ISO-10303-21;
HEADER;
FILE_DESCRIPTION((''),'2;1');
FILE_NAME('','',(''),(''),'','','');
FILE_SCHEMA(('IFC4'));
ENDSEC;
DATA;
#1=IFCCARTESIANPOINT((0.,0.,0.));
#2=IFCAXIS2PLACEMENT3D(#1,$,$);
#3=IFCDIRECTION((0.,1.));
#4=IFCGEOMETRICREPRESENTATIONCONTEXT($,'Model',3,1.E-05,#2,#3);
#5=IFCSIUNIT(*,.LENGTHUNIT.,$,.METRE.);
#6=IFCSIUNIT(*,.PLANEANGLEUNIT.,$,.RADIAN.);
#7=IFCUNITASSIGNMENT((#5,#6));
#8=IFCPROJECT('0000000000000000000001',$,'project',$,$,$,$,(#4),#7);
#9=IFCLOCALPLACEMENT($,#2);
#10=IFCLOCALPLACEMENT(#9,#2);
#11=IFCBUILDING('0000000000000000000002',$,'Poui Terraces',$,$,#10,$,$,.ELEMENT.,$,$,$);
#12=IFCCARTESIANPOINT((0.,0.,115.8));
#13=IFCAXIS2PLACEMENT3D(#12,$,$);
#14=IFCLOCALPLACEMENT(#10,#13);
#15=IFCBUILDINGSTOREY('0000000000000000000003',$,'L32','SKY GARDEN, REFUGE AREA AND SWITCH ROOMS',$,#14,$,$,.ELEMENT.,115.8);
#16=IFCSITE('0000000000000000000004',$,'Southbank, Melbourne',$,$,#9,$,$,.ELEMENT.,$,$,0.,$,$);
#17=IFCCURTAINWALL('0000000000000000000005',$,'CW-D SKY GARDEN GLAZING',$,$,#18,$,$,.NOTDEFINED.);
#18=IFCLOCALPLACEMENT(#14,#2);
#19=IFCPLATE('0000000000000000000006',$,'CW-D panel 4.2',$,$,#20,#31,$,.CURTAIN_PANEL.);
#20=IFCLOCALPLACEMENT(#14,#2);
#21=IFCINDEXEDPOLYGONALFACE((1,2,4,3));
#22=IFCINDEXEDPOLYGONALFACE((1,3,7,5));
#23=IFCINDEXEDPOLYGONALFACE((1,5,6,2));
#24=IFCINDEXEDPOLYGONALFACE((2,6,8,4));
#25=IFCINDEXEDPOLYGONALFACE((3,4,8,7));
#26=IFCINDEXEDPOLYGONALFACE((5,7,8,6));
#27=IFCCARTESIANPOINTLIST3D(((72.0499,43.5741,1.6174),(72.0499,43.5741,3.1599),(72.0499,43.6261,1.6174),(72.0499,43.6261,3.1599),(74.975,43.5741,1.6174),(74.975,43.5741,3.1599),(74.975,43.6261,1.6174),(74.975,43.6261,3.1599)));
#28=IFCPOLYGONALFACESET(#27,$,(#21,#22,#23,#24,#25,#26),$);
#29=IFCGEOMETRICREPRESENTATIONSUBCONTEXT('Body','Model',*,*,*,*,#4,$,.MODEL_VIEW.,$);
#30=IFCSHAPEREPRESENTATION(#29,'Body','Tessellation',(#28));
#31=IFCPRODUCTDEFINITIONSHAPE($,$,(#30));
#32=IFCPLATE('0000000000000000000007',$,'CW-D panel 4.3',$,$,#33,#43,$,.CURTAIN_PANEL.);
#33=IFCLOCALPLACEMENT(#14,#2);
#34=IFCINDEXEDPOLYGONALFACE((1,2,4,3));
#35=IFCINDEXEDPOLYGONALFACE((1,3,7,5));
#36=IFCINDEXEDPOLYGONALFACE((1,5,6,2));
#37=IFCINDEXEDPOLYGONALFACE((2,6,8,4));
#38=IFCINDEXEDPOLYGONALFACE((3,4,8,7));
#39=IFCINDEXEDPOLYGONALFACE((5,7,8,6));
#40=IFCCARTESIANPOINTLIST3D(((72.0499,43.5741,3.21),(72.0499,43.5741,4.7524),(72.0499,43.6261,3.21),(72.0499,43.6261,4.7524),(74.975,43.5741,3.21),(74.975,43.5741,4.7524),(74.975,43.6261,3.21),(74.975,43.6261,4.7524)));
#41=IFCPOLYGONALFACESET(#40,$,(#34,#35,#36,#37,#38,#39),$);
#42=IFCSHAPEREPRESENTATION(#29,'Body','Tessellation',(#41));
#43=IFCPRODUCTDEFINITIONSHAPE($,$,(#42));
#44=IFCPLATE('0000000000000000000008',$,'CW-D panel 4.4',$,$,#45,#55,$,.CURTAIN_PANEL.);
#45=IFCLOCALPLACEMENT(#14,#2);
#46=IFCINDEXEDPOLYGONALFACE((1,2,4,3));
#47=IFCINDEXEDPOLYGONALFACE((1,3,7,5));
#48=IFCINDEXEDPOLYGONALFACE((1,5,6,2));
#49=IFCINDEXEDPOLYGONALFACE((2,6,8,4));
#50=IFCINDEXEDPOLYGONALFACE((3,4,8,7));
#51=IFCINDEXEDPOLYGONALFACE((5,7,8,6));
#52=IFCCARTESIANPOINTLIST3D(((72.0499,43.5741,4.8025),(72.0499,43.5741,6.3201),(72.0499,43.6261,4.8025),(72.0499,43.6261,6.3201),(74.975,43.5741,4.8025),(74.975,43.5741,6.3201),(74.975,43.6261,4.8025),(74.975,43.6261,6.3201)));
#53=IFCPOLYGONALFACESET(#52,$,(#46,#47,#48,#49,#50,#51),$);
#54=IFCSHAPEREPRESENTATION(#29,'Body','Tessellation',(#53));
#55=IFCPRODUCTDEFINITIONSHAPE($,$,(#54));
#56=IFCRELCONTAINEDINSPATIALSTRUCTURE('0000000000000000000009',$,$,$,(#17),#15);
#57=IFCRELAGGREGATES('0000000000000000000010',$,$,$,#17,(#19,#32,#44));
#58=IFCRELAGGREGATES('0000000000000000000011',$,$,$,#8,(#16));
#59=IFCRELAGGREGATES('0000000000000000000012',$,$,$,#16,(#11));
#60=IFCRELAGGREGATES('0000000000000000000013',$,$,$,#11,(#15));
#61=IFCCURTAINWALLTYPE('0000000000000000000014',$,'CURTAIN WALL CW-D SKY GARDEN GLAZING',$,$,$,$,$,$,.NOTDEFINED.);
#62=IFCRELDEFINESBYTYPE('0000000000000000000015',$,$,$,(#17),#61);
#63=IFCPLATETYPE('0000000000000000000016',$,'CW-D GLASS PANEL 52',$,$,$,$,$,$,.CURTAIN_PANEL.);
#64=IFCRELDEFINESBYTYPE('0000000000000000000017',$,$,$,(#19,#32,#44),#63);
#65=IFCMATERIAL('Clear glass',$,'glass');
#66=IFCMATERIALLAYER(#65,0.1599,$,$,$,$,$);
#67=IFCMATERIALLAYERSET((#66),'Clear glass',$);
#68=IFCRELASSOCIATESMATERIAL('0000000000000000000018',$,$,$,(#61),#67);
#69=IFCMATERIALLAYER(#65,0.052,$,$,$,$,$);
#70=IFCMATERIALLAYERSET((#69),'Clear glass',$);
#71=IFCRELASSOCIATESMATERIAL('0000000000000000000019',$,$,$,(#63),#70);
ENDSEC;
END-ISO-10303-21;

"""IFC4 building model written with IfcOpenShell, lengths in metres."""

from ifc_helpers import new_model, si_unit, direction, frame, origin, origin_2d, place, context, subcontext, project, spatial, rectangle, extrude, material, layer, layer_set, type_object, element, aggregate, save


model = new_model("IFC4")

# Units and contexts
model_context = context("Model", 3, precision=1e-05, world=origin(), true_north=direction((0.0, 1.0)))
body_context = subcontext(model_context, "Body", "Model", "MODEL_VIEW")
ifc_project = project(units=[si_unit("LENGTHUNIT", "METRE"), si_unit("PLANEANGLEUNIT", "RADIAN")], contexts=[model_context])

# Site, building, storey
site_placement = place(None, origin())
site = spatial("IfcSite", under=ifc_project, at=site_placement, Name="Southbank, Melbourne", CompositionType="ELEMENT", RefElevation=0.0)
building_placement = place(site_placement, origin())
building = spatial("IfcBuilding", under=site, at=building_placement, Name="Poui Terraces", CompositionType="ELEMENT")
storey_placement = place(building_placement, frame((0.0, 0.0, 115.8)))
storey = spatial("IfcBuildingStorey", under=building, at=storey_placement, Name="L32", Description="SKY GARDEN, REFUGE AREA AND SWITCH ROOMS", CompositionType="ELEMENT", Elevation=115.8)

# Curtain wall
ifc_material_1 = material(Name="Clear glass", Category="glass")
ifc_layer_1 = layer(ifc_material_1, 0.1599)
ifc_layer_set_1 = layer_set([ifc_layer_1], Name="Clear glass")
curtain_wall_type = type_object("IfcCurtainWallType", Name="CURTAIN WALL CW-D SKY GARDEN GLAZING", PredefinedType="NOTDEFINED", material=ifc_layer_set_1)
curtain_wall_1_placement = place(storey_placement, origin())
curtain_wall_1 = element("IfcCurtainWall", 1, at=curtain_wall_1_placement, inside=storey, type_object=curtain_wall_type, Name="CW-D SKY GARDEN GLAZING", PredefinedType="NOTDEFINED")

# Plates
ifc_layer_2 = layer(ifc_material_1, 0.052)
ifc_layer_set_2 = layer_set([ifc_layer_2], Name="Clear glass")
plate_type = type_object("IfcPlateType", Name="CW-D GLASS PANEL 52", PredefinedType="CURTAIN_PANEL", material=ifc_layer_set_2)
plate_1_placement = place(storey_placement, frame((73.5125, 43.6001, 1.6174), z_axis=(0.0, 0.0, 1.0), x_axis=(-1.0, 0.0, 0.0)))
plate_1 = element("IfcPlate", 2, at=plate_1_placement, type_object=plate_type, Name="CW-D panel 4.2", PredefinedType="CURTAIN_PANEL", context=body_context, shape_type="SweptSolid", body=[
    extrude(rectangle(XDim=2.925, YDim=0.052, at=origin_2d()), origin(), (0.0, 0.0, 1.0), 1.5425),
])
plate_2_placement = place(storey_placement, frame((73.5125, 43.6001, 3.21), z_axis=(0.0, 0.0, 1.0), x_axis=(-1.0, 0.0, 0.0)))
plate_2 = element("IfcPlate", 3, at=plate_2_placement, type_object=plate_type, Name="CW-D panel 4.3", PredefinedType="CURTAIN_PANEL", context=body_context, shape_type="SweptSolid", body=[
    extrude(rectangle(XDim=2.925, YDim=0.052, at=origin_2d()), origin(), (0.0, 0.0, 1.0), 1.5425),
])
plate_3_placement = place(storey_placement, frame((73.5125, 43.6001, 4.8025), z_axis=(0.0, 0.0, 1.0), x_axis=(-1.0, 0.0, 0.0)))
plate_3 = element("IfcPlate", 4, at=plate_3_placement, type_object=plate_type, Name="CW-D panel 4.4", PredefinedType="CURTAIN_PANEL", context=body_context, shape_type="SweptSolid", body=[
    extrude(rectangle(XDim=2.925, YDim=0.052, at=origin_2d()), origin(), (0.0, 0.0, 1.0), 1.5176),
])
aggregate(curtain_wall_1, [plate_1, plate_2, plate_3])

save(model, "model.ifc")
